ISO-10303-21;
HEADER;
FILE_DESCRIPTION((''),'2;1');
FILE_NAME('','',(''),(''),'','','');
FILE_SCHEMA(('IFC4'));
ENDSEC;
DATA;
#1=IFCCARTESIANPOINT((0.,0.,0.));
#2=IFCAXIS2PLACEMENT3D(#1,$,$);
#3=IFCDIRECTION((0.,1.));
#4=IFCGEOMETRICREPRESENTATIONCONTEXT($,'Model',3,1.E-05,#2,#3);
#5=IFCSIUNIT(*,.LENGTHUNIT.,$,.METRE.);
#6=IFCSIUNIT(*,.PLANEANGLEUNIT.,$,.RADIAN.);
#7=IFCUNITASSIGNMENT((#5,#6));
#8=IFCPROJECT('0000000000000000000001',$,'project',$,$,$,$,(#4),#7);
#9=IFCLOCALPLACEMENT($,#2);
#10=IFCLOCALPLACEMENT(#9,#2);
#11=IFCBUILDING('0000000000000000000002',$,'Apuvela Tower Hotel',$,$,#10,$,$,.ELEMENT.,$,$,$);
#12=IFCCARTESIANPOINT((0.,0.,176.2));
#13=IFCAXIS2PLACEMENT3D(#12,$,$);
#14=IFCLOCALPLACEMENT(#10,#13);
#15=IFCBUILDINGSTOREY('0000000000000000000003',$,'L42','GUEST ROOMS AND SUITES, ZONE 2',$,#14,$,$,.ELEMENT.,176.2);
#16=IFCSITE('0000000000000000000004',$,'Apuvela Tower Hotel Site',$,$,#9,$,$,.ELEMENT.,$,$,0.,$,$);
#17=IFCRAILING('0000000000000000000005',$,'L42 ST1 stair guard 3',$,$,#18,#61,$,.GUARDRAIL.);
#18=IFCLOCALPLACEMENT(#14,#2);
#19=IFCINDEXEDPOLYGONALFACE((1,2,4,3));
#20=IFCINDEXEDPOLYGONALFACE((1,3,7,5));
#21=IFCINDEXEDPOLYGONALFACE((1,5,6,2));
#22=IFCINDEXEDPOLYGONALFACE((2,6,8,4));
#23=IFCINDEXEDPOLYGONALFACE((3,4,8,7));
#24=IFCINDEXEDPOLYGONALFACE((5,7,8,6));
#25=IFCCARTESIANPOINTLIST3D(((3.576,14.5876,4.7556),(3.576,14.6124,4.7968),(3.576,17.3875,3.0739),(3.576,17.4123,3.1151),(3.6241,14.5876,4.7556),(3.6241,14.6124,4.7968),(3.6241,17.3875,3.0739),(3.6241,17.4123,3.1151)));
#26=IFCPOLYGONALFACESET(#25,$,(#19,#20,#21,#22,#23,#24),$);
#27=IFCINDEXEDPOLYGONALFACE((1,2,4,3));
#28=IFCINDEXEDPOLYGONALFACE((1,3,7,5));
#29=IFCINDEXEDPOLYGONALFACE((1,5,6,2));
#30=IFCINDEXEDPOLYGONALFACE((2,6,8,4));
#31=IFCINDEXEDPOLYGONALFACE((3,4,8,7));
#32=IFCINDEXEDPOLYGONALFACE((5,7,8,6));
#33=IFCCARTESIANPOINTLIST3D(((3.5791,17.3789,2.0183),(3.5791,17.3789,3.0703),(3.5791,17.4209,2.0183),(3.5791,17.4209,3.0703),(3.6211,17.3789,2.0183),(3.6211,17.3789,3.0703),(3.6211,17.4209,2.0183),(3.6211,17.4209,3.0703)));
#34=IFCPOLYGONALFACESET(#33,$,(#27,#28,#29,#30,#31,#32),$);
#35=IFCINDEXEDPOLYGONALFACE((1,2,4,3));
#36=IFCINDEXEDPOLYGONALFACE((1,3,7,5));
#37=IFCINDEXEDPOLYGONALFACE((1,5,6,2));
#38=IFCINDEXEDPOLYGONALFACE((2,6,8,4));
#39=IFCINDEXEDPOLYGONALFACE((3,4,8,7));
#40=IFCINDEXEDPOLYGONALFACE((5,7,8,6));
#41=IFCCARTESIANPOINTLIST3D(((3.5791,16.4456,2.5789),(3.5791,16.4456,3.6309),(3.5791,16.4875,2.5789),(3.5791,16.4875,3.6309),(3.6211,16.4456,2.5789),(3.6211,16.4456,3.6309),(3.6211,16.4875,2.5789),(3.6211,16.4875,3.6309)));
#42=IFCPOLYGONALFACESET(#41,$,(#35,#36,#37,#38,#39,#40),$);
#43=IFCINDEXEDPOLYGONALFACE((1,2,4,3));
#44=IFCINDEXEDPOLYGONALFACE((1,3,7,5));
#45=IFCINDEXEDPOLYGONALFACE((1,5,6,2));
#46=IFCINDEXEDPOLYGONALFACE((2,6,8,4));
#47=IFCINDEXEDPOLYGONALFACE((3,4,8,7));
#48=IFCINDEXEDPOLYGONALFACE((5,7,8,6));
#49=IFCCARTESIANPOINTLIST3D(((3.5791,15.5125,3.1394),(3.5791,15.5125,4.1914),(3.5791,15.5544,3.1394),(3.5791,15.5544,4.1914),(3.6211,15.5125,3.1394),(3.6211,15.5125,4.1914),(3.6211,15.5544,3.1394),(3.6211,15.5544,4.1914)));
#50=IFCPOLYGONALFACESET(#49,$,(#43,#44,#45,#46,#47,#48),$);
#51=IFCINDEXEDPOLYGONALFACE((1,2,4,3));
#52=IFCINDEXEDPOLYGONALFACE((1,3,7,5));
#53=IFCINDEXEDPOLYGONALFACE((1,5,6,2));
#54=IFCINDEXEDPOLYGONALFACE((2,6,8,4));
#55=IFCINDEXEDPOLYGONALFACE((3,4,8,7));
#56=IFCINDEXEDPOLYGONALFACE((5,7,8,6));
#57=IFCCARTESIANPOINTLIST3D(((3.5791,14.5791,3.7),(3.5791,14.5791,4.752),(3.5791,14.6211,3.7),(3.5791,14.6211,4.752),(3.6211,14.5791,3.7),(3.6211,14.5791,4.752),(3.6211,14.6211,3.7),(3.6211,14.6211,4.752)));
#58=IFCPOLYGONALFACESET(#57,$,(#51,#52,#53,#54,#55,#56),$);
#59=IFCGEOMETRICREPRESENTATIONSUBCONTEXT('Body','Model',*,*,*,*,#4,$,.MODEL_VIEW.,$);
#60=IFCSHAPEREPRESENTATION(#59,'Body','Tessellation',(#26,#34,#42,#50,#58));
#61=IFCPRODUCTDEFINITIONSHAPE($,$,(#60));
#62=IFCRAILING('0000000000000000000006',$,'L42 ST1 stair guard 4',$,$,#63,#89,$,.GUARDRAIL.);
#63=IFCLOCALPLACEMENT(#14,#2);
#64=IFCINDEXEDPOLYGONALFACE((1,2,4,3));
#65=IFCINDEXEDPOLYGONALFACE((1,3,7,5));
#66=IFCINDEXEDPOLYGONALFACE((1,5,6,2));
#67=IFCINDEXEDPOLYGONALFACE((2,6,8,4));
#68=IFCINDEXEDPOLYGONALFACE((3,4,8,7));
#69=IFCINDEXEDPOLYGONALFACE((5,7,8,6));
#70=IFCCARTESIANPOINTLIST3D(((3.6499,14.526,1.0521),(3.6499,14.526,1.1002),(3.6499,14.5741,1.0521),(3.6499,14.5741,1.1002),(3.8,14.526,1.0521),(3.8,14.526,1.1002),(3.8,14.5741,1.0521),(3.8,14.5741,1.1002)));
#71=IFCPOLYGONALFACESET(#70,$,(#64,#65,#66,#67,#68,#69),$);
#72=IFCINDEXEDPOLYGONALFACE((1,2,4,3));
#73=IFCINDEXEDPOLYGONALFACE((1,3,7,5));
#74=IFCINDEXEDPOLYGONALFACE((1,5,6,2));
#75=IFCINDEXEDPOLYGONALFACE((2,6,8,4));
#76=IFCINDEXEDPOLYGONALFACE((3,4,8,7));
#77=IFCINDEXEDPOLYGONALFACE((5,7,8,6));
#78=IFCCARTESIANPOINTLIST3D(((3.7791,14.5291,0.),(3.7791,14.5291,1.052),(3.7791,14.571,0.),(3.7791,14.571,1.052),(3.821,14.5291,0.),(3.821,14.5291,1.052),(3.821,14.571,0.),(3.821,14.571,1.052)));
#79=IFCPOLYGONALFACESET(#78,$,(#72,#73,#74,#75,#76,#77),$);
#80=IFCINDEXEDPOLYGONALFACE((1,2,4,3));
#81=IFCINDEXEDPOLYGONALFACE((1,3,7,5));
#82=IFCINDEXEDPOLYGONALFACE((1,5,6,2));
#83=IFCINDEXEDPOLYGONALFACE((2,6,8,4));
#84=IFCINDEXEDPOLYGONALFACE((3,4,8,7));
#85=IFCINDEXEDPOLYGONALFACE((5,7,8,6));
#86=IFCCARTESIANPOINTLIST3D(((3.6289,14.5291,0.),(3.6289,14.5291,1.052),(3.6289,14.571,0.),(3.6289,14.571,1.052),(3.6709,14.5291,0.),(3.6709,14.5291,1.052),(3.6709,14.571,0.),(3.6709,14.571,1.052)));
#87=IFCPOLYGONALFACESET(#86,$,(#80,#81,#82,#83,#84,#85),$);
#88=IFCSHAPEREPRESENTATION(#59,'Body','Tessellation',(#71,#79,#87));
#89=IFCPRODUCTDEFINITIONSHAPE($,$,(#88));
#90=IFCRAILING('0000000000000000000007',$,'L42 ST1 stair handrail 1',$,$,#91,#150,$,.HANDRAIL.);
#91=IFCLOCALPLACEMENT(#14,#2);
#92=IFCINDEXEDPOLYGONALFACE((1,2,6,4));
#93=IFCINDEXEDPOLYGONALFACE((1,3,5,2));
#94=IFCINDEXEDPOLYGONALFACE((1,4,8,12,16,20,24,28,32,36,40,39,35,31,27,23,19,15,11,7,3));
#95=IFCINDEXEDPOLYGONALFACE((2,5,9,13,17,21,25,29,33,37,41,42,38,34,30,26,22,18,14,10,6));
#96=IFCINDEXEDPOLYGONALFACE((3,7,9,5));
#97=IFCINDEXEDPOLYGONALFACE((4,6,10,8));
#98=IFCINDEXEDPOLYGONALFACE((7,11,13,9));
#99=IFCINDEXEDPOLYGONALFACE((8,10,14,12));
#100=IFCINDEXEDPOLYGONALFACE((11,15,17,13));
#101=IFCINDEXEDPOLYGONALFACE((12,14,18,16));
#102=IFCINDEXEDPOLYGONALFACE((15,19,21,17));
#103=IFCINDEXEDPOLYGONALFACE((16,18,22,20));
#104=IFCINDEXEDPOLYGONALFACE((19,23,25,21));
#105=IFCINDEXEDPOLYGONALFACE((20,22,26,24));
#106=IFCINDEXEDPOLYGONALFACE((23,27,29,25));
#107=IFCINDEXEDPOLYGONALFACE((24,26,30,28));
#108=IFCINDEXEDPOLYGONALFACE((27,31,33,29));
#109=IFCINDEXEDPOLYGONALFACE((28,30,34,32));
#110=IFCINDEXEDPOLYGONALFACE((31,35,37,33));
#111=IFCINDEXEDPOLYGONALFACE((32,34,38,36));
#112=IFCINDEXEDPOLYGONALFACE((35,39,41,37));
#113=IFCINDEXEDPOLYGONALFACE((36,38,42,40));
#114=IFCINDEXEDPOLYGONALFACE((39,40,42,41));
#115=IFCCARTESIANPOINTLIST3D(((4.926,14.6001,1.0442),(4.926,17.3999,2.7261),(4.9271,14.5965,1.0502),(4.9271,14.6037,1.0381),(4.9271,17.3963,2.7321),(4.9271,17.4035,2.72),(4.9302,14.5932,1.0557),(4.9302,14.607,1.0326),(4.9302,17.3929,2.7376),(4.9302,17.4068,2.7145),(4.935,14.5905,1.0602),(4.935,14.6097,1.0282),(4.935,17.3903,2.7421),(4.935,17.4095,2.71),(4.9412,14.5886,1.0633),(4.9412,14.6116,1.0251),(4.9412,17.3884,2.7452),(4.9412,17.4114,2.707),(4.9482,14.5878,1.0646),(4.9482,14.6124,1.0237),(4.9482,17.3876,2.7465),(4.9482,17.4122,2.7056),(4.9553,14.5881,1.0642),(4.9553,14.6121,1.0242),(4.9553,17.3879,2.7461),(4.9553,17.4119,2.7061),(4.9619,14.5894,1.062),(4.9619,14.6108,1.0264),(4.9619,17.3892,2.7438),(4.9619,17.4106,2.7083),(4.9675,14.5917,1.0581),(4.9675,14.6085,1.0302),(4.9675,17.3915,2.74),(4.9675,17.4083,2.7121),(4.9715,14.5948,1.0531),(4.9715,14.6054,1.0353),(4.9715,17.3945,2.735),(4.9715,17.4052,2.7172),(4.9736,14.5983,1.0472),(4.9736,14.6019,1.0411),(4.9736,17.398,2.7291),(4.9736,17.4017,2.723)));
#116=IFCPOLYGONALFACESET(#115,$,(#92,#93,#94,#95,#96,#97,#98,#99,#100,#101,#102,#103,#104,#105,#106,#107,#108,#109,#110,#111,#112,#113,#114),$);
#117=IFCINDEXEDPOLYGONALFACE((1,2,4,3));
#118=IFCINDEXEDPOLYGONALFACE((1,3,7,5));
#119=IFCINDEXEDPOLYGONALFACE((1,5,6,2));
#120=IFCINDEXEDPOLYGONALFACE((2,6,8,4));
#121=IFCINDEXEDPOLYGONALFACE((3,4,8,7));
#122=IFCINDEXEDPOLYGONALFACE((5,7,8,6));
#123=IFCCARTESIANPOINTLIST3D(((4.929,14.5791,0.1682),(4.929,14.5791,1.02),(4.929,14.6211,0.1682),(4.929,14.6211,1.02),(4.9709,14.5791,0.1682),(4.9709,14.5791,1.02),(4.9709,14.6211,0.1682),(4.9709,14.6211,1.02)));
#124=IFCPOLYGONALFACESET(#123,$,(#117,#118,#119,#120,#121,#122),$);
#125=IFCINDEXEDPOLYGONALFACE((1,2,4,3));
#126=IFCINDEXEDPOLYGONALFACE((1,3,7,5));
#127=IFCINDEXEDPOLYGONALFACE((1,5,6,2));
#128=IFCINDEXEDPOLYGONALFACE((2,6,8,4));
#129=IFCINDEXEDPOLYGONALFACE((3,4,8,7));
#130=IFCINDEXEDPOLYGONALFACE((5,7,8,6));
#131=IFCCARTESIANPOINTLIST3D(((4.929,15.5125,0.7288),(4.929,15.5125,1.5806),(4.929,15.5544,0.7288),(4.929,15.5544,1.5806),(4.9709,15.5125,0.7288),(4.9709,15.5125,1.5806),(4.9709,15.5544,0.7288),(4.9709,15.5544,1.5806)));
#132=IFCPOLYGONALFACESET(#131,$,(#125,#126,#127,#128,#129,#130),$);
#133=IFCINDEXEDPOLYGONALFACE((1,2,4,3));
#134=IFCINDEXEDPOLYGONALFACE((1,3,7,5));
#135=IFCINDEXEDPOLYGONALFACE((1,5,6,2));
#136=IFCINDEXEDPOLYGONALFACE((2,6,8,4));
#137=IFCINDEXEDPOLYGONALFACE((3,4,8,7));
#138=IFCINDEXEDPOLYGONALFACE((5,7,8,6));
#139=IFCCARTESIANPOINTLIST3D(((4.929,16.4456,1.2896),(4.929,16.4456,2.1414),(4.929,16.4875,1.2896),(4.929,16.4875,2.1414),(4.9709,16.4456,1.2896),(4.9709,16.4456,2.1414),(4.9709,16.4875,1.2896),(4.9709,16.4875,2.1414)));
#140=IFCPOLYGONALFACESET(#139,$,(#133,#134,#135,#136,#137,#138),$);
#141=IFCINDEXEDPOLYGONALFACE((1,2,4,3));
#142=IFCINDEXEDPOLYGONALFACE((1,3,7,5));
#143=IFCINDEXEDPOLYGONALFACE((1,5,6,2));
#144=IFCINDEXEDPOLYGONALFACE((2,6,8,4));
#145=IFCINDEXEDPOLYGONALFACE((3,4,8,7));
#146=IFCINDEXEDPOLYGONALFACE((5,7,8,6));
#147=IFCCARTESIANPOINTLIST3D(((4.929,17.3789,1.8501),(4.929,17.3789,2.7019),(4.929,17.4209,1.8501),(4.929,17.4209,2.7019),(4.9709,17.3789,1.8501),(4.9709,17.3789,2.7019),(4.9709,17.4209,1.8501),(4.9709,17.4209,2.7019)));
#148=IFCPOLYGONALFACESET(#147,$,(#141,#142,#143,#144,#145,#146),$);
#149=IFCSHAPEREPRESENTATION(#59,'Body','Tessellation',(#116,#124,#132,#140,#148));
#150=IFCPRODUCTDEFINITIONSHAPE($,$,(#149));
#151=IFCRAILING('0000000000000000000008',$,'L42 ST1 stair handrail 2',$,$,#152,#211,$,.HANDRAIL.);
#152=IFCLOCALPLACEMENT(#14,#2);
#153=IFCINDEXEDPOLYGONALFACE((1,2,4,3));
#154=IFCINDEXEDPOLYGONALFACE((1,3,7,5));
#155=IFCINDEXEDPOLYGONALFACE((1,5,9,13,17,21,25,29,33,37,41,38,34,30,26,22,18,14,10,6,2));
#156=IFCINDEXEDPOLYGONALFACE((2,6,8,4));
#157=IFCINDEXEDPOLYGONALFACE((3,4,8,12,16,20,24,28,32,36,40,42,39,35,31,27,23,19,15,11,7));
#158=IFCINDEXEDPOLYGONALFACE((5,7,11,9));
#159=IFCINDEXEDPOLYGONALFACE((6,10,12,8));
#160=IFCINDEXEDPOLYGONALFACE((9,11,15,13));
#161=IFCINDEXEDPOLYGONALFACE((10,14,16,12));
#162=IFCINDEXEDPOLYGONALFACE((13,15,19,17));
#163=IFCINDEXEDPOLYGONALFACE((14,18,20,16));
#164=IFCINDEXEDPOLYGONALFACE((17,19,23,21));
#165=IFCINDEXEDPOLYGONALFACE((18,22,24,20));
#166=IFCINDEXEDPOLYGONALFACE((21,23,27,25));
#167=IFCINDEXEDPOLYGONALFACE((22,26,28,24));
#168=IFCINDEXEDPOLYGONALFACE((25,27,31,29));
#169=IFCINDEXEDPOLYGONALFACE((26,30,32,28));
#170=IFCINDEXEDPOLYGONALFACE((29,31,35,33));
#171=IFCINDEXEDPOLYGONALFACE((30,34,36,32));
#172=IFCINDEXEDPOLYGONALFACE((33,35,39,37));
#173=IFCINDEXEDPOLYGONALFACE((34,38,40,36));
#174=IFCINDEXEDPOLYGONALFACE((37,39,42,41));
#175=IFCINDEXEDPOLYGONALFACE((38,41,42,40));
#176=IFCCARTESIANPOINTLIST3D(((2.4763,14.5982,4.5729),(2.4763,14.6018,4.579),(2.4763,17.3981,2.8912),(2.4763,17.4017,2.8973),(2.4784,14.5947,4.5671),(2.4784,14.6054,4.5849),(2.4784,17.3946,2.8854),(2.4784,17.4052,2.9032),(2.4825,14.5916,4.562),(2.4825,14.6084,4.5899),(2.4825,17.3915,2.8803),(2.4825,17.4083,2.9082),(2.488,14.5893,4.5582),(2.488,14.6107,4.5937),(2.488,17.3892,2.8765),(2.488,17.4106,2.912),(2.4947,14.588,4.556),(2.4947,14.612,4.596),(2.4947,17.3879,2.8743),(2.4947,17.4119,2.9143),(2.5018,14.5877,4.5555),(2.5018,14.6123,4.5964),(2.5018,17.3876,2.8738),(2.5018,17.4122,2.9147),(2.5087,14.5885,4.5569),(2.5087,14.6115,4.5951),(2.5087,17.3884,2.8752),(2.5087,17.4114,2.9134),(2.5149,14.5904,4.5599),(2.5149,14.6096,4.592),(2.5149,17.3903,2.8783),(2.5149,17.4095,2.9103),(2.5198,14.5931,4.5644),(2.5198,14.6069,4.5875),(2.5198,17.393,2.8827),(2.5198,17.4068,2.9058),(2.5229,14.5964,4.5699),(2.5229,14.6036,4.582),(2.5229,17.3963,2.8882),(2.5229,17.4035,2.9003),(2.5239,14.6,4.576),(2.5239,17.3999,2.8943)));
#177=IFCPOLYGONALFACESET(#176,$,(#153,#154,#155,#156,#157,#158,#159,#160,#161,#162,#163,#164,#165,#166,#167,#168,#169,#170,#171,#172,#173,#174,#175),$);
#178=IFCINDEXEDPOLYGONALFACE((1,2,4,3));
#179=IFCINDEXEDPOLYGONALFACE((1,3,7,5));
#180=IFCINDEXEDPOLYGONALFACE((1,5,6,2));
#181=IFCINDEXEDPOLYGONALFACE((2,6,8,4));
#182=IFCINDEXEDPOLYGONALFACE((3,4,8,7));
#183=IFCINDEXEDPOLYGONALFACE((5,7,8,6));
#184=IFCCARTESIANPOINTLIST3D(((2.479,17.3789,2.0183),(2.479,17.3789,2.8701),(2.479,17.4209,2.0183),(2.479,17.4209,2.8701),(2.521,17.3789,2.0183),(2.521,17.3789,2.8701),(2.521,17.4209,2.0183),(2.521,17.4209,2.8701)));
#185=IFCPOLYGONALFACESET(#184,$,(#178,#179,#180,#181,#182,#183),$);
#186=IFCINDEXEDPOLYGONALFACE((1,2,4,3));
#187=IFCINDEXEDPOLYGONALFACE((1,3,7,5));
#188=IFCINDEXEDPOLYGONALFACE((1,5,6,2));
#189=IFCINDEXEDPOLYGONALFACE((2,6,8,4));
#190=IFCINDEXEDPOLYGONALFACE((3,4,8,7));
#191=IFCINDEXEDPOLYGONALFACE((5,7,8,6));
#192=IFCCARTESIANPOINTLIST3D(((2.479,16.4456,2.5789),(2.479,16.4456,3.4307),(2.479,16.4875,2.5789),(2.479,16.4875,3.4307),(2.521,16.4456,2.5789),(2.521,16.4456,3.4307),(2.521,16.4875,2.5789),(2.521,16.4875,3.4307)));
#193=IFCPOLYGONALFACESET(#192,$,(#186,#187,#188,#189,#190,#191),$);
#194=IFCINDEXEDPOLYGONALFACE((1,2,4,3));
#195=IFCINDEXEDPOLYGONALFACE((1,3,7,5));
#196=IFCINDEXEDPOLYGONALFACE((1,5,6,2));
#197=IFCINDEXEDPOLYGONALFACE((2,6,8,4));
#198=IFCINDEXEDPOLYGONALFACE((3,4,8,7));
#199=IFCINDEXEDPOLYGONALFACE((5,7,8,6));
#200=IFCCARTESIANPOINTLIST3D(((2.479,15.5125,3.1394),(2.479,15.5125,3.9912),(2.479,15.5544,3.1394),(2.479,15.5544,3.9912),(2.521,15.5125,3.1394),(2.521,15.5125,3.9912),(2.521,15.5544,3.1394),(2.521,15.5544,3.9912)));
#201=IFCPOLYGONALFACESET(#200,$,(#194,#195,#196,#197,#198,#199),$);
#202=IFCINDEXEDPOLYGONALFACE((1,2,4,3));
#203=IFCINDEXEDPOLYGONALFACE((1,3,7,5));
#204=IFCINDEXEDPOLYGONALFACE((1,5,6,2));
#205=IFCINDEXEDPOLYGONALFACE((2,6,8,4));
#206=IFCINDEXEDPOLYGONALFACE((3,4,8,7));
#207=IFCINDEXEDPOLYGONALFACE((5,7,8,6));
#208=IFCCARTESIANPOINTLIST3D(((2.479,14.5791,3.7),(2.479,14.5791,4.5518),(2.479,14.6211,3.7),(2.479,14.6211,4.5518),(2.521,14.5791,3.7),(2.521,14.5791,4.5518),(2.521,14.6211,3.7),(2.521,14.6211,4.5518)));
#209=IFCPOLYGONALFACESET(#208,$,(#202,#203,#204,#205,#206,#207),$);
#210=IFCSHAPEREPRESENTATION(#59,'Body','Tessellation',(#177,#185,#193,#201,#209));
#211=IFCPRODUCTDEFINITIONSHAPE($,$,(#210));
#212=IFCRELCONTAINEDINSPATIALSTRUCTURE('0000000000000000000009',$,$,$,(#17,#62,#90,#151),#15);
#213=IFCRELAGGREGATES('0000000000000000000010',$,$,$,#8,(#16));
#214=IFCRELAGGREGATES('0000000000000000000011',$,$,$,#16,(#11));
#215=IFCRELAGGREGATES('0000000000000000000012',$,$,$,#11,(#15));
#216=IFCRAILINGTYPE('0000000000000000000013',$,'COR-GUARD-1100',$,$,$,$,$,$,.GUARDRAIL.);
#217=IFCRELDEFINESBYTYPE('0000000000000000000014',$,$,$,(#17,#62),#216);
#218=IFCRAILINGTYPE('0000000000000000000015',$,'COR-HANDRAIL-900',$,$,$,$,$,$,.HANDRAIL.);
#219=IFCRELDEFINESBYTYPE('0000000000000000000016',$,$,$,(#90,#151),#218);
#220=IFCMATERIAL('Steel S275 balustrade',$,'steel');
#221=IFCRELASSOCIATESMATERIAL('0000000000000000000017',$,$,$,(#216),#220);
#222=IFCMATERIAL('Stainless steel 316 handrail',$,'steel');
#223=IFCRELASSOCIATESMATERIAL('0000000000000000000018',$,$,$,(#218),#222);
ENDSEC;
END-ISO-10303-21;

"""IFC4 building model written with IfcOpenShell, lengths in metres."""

from ifc_helpers import new_model, si_unit, direction, frame, origin, origin_2d, place, context, subcontext, project, spatial, rectangle, circle, extrude, material, type_object, element, save


model = new_model("IFC4")

# Units and contexts
model_context = context("Model", 3, precision=1e-05, world=origin(), true_north=direction((0.0, 1.0)))
body_context = subcontext(model_context, "Body", "Model", "MODEL_VIEW")
ifc_project = project(units=[si_unit("LENGTHUNIT", "METRE"), si_unit("PLANEANGLEUNIT", "RADIAN")], contexts=[model_context])

# Site, building, storey
site_placement = place(None, origin())
site = spatial("IfcSite", under=ifc_project, at=site_placement, Name="Apuvela Tower Hotel Site", CompositionType="ELEMENT", RefElevation=0.0)
building_placement = place(site_placement, origin())
building = spatial("IfcBuilding", under=site, at=building_placement, Name="Apuvela Tower Hotel", CompositionType="ELEMENT")
storey_placement = place(building_placement, frame((0.0, 0.0, 176.2)))
storey = spatial("IfcBuildingStorey", under=building, at=storey_placement, Name="L42", Description="GUEST ROOMS AND SUITES, ZONE 2", CompositionType="ELEMENT", Elevation=176.2)

# Railings
ifc_material_1 = material(Name="Steel S275 balustrade", Category="steel")
railing_type_1 = type_object("IfcRailingType", Name="COR-GUARD-1100", PredefinedType="GUARDRAIL", material=ifc_material_1)
railing_1_placement = place(storey_placement, frame((3.6001, 17.3999, 2.0183)))
element("IfcRailing", 1, at=railing_1_placement, inside=storey, type_object=railing_type_1, Name="L42 ST1 stair guard 3", PredefinedType="GUARDRAIL", context=body_context, shape_type="SweptSolid", body=[
    extrude(rectangle(XDim=0.0481, YDim=0.0481, at=origin_2d()), frame((0.0, 0.0, 1.0762), z_axis=(0.0, -0.857255, 0.514891), x_axis=(1.0, 0.0, 0.0)), (0.0, 0.0, 1.0), 3.2661),
    extrude(rectangle(XDim=0.042, YDim=0.042, at=origin_2d()), origin(), (0.0, 0.0, 1.0), 1.052),
    extrude(rectangle(XDim=0.042, YDim=0.042, at=origin_2d()), frame((0.0, -0.9333, 0.5605)), (0.0, 0.0, 1.0), 1.052),
    extrude(rectangle(XDim=0.042, YDim=0.042, at=origin_2d()), frame((0.0, -1.8665, 1.1211)), (0.0, 0.0, 1.0), 1.052),
    extrude(rectangle(XDim=0.042, YDim=0.042, at=origin_2d()), frame((0.0, -2.7998, 1.6816)), (0.0, 0.0, 1.0), 1.052),
])
railing_2_placement = place(storey_placement, frame((3.8, 14.55, 0.0)))
element("IfcRailing", 2, at=railing_2_placement, inside=storey, type_object=railing_type_1, Name="L42 ST1 stair guard 4", PredefinedType="GUARDRAIL", context=body_context, shape_type="SweptSolid", body=[
    extrude(rectangle(XDim=0.0481, YDim=0.0481, at=origin_2d()), frame((0.0, 0.0, 1.0762), z_axis=(-1.0, 0.0, 0.0), x_axis=(0.0, -1.0, 0.0)), (0.0, 0.0, 1.0), 0.1501),
    extrude(rectangle(XDim=0.042, YDim=0.042, at=origin_2d()), origin(), (0.0, 0.0, 1.0), 1.052),
    extrude(rectangle(XDim=0.042, YDim=0.042, at=origin_2d()), frame((-0.1501, 0.0, 0.0)), (0.0, 0.0, 1.0), 1.052),
])
ifc_material_2 = material(Name="Stainless steel 316 handrail", Category="steel")
railing_type_2 = type_object("IfcRailingType", Name="COR-HANDRAIL-900", PredefinedType="HANDRAIL", material=ifc_material_2)
railing_3_placement = place(storey_placement, frame((4.95, 14.6001, 0.1682)))
element("IfcRailing", 3, at=railing_3_placement, inside=storey, type_object=railing_type_2, Name="L42 ST1 stair handrail 1", PredefinedType="HANDRAIL", context=body_context, shape_type="SweptSolid", body=[
    extrude(circle(Radius=0.0239, at=origin_2d()), frame((0.0, 0.0, 0.876), z_axis=(0.0, 0.857222, 0.514946), x_axis=(-1.0, 0.0, 0.0)), (0.0, 0.0, 1.0), 3.2661),
    extrude(rectangle(XDim=0.042, YDim=0.042, at=origin_2d()), origin(), (0.0, 0.0, 1.0), 0.8518),
    extrude(rectangle(XDim=0.042, YDim=0.042, at=origin_2d()), frame((0.0, 0.9333, 0.5605)), (0.0, 0.0, 1.0), 0.8518),
    extrude(rectangle(XDim=0.042, YDim=0.042, at=origin_2d()), frame((0.0, 1.8665, 1.1213)), (0.0, 0.0, 1.0), 0.8518),
    extrude(rectangle(XDim=0.042, YDim=0.042, at=origin_2d()), frame((0.0, 2.7998, 1.6819)), (0.0, 0.0, 1.0), 0.8518),
])
railing_4_placement = place(storey_placement, frame((2.5, 17.3999, 2.0183)))
element("IfcRailing", 4, at=railing_4_placement, inside=storey, type_object=railing_type_2, Name="L42 ST1 stair handrail 2", PredefinedType="HANDRAIL", context=body_context, shape_type="SweptSolid", body=[
    extrude(circle(Radius=0.0239, at=origin_2d()), frame((0.0, 0.0, 0.876), z_axis=(0.0, -0.857255, 0.514891), x_axis=(1.0, 0.0, 0.0)), (0.0, 0.0, 1.0), 3.2661),
    extrude(rectangle(XDim=0.042, YDim=0.042, at=origin_2d()), origin(), (0.0, 0.0, 1.0), 0.8518),
    extrude(rectangle(XDim=0.042, YDim=0.042, at=origin_2d()), frame((0.0, -0.9333, 0.5605)), (0.0, 0.0, 1.0), 0.8518),
    extrude(rectangle(XDim=0.042, YDim=0.042, at=origin_2d()), frame((0.0, -1.8665, 1.1211)), (0.0, 0.0, 1.0), 0.8518),
    extrude(rectangle(XDim=0.042, YDim=0.042, at=origin_2d()), frame((0.0, -2.7998, 1.6816)), (0.0, 0.0, 1.0), 0.8518),
])

save(model, "model.ifc")
